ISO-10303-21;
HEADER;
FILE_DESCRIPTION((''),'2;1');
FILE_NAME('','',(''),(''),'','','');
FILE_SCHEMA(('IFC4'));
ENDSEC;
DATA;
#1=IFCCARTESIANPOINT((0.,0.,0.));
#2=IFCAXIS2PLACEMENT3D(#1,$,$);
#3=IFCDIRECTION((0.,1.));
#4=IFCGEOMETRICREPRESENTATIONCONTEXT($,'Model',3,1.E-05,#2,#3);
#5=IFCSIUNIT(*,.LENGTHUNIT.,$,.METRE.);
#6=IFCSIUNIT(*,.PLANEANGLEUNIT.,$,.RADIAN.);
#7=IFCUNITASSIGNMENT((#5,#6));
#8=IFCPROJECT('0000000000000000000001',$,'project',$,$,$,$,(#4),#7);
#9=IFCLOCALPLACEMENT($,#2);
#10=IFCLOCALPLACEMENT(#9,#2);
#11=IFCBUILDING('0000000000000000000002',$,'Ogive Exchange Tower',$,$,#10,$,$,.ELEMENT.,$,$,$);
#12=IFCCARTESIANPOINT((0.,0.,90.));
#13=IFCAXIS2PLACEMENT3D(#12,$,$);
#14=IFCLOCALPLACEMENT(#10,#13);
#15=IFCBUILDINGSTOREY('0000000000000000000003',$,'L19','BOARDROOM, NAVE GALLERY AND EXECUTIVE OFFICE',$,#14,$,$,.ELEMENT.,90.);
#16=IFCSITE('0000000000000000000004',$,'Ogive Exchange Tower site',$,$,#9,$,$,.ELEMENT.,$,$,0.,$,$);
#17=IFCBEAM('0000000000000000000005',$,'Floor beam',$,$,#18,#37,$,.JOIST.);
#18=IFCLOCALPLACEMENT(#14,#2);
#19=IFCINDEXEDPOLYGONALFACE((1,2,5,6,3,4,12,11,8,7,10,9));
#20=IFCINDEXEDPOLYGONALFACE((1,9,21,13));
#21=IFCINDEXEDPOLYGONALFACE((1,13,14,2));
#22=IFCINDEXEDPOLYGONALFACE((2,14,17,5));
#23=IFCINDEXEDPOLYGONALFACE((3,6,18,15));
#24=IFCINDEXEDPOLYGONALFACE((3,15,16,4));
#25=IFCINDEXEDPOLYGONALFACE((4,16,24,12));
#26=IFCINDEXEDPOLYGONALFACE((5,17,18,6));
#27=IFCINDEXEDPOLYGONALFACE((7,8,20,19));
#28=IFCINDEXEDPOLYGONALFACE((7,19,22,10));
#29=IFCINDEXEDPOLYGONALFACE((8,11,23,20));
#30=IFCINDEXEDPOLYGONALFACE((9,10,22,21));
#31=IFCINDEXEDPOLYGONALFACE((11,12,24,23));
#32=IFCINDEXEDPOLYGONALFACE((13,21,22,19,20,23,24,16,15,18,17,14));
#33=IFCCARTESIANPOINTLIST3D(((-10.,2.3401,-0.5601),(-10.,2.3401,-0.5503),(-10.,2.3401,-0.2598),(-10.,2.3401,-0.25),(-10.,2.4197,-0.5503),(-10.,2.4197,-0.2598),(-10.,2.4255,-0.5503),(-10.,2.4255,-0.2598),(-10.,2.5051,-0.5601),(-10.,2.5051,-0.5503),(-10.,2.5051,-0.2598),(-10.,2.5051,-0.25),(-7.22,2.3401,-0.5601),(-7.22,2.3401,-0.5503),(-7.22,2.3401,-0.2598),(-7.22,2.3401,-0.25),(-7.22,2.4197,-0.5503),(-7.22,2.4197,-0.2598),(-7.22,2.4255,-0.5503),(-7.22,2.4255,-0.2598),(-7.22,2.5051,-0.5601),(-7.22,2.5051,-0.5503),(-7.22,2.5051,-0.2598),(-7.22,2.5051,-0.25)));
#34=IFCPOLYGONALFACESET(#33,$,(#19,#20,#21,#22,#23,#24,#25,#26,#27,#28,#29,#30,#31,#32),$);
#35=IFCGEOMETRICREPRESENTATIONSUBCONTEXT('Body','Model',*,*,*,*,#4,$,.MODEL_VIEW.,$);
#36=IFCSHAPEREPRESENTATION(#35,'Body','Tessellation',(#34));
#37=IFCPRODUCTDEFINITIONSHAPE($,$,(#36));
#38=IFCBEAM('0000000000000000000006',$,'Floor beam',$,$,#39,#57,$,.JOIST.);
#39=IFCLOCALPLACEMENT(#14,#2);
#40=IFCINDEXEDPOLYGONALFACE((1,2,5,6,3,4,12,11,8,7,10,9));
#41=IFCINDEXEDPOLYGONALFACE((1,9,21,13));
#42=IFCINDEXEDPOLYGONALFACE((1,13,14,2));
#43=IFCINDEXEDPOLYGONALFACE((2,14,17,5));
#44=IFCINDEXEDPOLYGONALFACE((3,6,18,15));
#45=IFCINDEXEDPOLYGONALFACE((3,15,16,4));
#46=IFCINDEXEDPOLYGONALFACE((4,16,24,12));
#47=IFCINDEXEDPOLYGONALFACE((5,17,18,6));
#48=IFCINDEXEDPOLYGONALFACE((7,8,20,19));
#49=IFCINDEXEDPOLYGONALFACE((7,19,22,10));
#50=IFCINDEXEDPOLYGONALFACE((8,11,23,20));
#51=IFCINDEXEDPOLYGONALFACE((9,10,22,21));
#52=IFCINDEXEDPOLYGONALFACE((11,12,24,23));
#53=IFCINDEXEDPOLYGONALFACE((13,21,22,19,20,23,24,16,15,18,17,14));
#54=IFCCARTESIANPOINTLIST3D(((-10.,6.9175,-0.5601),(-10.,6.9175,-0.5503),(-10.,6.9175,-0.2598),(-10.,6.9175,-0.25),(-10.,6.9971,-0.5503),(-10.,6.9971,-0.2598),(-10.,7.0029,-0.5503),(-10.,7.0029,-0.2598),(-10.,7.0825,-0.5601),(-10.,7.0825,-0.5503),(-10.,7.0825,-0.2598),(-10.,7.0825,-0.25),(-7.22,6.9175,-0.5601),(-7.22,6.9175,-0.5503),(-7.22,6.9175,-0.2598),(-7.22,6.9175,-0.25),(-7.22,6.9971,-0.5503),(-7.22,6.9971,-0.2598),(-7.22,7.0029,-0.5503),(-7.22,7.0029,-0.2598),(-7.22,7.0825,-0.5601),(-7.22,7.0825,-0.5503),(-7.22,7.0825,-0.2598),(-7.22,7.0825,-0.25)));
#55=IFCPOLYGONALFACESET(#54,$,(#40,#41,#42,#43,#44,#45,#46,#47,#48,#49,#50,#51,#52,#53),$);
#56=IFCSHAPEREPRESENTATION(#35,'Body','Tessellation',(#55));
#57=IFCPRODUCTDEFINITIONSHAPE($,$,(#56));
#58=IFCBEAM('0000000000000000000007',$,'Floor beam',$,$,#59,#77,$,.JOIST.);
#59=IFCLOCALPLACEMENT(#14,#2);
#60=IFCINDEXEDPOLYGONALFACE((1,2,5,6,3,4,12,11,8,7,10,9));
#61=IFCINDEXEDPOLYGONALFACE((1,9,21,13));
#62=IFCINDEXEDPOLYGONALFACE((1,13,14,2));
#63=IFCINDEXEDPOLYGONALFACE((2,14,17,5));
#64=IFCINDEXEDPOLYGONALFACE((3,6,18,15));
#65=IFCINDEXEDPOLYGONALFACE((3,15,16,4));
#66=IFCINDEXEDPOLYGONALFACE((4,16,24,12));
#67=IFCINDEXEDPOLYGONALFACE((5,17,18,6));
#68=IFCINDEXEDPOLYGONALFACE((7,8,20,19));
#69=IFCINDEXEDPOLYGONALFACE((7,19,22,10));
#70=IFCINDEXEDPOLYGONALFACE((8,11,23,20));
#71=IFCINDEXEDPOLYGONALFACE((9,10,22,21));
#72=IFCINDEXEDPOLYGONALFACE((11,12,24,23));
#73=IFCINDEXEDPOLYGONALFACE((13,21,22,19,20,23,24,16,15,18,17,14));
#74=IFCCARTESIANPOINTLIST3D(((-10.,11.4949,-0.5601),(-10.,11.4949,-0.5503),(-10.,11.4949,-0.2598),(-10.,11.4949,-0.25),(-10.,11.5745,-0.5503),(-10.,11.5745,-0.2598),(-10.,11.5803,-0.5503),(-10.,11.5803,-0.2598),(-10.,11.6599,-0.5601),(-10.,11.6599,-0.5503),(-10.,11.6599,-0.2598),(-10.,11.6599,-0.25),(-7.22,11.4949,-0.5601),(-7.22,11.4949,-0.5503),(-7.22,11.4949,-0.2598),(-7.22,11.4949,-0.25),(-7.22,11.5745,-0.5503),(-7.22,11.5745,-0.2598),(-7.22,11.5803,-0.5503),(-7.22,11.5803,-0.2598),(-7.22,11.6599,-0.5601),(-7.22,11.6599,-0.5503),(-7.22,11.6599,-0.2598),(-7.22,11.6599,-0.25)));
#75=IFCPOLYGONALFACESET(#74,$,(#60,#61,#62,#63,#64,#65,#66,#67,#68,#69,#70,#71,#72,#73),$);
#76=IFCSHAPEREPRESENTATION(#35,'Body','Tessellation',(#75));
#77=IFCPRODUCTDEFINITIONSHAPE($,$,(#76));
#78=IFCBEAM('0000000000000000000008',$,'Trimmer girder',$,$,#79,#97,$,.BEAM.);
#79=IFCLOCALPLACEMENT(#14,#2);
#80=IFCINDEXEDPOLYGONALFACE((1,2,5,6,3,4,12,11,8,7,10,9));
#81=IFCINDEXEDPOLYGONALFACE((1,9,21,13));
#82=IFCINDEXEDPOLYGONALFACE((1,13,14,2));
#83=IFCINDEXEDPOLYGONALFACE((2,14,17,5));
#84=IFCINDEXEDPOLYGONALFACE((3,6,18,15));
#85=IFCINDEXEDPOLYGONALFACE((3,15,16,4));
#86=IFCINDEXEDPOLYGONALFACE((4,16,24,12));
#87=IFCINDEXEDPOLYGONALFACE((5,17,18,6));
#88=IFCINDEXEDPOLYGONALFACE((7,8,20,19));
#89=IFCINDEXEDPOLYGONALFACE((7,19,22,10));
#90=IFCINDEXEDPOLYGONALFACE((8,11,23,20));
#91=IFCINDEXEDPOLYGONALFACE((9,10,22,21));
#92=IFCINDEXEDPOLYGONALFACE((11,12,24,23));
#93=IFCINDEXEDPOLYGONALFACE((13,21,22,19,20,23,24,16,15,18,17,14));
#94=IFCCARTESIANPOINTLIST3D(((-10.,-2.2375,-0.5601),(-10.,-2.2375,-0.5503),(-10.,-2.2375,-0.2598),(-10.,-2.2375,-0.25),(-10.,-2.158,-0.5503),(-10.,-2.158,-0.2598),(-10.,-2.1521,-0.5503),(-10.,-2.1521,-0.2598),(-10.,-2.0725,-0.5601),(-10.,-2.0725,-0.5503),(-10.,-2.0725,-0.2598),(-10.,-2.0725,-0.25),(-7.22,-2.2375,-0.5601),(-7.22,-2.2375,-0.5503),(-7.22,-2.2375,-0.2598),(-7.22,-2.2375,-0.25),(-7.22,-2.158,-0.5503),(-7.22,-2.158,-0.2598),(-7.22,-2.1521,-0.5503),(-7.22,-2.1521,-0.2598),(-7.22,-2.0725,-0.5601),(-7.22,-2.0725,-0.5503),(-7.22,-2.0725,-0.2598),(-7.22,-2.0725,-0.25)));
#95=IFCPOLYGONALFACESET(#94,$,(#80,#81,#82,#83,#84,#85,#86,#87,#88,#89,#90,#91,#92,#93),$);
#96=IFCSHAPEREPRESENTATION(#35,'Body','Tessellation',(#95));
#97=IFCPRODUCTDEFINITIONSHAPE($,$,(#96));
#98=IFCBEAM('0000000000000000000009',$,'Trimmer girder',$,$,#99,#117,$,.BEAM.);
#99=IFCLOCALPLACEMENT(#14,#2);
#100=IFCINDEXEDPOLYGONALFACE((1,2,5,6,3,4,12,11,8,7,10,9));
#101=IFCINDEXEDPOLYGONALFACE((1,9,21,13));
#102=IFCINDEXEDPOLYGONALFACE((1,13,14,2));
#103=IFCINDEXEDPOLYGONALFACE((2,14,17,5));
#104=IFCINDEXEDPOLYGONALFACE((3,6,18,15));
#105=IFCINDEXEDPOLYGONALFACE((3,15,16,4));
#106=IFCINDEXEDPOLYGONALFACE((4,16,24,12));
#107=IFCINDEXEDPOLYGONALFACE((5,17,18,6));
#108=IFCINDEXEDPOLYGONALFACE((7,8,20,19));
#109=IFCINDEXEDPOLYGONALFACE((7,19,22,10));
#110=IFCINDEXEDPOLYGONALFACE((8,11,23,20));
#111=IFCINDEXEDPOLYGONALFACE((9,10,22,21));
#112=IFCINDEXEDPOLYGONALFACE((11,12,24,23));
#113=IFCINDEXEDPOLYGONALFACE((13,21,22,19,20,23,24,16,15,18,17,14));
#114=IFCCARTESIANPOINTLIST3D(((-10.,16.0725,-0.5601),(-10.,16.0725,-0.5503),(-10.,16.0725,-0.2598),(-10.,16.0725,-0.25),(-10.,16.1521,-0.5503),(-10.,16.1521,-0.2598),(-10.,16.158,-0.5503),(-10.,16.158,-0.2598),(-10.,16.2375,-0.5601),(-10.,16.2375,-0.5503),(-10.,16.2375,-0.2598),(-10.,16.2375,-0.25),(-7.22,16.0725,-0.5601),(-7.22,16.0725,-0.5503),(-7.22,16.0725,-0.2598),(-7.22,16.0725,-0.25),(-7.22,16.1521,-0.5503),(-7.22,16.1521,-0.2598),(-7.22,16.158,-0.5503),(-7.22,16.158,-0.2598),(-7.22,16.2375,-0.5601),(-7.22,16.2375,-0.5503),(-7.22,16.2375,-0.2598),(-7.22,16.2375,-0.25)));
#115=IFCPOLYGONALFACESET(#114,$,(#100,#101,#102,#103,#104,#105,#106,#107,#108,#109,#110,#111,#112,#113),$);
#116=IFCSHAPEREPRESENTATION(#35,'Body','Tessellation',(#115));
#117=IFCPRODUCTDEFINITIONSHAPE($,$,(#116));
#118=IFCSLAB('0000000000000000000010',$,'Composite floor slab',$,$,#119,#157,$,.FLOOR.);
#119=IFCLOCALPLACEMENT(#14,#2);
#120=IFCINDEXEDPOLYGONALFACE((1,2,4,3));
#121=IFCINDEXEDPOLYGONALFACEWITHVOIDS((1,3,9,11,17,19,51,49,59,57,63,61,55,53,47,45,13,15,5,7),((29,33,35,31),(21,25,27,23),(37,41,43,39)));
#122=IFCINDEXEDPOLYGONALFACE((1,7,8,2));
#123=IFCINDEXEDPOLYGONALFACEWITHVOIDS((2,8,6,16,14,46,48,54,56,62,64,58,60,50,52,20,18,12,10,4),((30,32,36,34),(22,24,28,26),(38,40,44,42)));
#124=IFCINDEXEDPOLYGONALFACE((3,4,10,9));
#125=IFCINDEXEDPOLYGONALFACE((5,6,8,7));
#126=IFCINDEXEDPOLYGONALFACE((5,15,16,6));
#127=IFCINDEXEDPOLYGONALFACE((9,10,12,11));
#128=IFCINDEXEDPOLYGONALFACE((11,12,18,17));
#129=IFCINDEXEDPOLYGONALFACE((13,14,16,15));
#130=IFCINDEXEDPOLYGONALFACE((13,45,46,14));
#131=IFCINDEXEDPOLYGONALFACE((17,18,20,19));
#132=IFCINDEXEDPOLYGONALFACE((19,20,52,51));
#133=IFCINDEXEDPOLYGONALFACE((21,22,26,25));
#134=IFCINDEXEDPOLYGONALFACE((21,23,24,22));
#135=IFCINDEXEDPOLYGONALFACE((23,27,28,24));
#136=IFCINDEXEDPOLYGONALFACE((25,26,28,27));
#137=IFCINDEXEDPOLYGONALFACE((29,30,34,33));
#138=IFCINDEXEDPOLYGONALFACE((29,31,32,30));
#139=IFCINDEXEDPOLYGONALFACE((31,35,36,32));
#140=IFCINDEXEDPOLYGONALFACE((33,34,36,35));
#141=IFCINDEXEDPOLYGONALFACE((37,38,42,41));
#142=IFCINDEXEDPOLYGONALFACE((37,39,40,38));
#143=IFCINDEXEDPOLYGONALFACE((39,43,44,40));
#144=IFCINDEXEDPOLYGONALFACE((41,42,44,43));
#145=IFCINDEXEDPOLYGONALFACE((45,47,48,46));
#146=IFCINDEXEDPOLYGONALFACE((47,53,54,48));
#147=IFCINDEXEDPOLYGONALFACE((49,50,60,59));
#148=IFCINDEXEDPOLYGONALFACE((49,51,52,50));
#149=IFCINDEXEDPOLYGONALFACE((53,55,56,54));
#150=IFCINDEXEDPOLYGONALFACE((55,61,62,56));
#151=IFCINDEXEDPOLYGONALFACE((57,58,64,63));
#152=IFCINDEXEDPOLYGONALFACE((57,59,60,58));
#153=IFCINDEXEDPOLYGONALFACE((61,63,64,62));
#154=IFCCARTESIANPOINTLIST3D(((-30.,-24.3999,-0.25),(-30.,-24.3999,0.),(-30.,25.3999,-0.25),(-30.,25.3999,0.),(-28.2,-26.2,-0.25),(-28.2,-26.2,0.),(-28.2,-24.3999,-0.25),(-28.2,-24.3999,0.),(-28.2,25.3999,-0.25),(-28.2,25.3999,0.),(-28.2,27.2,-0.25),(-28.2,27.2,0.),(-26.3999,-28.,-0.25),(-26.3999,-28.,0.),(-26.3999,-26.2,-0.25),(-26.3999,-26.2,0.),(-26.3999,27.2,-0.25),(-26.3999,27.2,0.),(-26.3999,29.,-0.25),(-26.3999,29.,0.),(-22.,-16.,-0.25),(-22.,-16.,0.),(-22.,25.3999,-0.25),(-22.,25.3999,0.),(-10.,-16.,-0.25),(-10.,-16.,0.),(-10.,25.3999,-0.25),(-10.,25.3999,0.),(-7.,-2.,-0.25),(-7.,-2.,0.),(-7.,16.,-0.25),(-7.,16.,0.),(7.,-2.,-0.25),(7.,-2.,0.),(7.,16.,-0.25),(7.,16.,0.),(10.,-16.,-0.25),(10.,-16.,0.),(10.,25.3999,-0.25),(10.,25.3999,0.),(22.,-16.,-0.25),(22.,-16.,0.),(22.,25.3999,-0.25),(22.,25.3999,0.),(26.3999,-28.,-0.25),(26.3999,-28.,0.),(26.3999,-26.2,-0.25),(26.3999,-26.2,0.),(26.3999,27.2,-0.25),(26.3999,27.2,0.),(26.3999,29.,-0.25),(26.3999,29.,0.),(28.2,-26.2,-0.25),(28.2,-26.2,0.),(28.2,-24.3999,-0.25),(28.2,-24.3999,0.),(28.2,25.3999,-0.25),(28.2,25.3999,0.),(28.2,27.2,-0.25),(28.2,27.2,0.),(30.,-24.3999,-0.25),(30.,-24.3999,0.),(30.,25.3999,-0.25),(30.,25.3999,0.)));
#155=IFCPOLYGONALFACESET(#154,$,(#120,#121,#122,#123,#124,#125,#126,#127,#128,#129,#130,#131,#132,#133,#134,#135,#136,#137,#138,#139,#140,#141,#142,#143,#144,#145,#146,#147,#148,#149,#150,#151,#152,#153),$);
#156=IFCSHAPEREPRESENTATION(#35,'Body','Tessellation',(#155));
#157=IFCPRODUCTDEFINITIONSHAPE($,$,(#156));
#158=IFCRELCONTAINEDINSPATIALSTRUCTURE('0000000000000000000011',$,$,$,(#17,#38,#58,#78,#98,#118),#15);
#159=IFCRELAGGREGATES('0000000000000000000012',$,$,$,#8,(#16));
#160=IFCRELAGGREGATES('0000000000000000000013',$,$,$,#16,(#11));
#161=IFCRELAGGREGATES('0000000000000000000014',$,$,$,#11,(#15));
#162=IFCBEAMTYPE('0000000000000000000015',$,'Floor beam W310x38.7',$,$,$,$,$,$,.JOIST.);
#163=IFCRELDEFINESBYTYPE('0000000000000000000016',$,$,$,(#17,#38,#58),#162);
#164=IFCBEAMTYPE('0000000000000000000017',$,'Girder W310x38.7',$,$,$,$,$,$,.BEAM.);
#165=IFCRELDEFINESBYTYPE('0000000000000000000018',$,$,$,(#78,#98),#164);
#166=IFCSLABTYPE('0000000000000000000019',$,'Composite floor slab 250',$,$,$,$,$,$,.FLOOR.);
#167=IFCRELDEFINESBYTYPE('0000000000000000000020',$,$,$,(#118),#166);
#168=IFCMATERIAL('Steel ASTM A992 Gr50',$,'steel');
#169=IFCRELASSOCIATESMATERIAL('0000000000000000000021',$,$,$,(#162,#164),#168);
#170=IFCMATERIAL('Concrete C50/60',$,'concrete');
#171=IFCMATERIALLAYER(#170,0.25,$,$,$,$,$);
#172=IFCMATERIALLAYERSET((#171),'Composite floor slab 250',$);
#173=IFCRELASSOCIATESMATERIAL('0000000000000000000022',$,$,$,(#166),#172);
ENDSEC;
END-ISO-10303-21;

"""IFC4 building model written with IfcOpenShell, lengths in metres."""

from ifc_helpers import new_model, si_unit, direction, frame, origin, origin_2d, place, context, subcontext, project, spatial, polyline, i_section, outline, extrude, material, layer, layer_set, material_profile, profile_set, type_object, element, save


model = new_model("IFC4")

# Units and contexts
model_context = context("Model", 3, precision=1e-05, world=origin(), true_north=direction((0.0, 1.0)))
body_context = subcontext(model_context, "Body", "Model", "MODEL_VIEW")
ifc_project = project(units=[si_unit("LENGTHUNIT", "METRE"), si_unit("PLANEANGLEUNIT", "RADIAN")], contexts=[model_context])

# Site, building, storey
site_placement = place(None, origin())
site = spatial("IfcSite", under=ifc_project, at=site_placement, Name="Ogive Exchange Tower site", CompositionType="ELEMENT", RefElevation=0.0)
building_placement = place(site_placement, origin())
building = spatial("IfcBuilding", under=site, at=building_placement, Name="Ogive Exchange Tower", CompositionType="ELEMENT")
storey_placement = place(building_placement, frame((0.0, 0.0, 90.0)))
storey = spatial("IfcBuildingStorey", under=building, at=storey_placement, Name="L19", Description="BOARDROOM, NAVE GALLERY AND EXECUTIVE OFFICE", CompositionType="ELEMENT", Elevation=90.0)

# Beams
ifc_material_1 = material(Name="Steel ASTM A992 Gr50", Category="steel")
ifc_material_profile_1 = material_profile(ifc_material_1, i_section(OverallWidth=0.165, OverallDepth=0.3101, WebThickness=0.0059, FlangeThickness=0.0098, at=origin_2d()), Name="W310x38.7")
ifc_profile_set_1 = profile_set([ifc_material_profile_1], Name="Steel ASTM A992 Gr50")
beam_type_1 = type_object("IfcBeamType", Name="Floor beam W310x38.7", PredefinedType="JOIST", material=ifc_profile_set_1)
for number, where, z_axis, x_axis, name in (
    (1, (-10.0, 2.4226, -0.405), (1.0, 0.0, 0.0), (0.0, 1.0, 0.0), "Floor beam"),
    (2, (-10.0, 7.0, -0.405), (1.0, 0.0, 0.0), (0.0, 1.0, 0.0), "Floor beam"),
    (3, (-10.0, 11.5774, -0.405), (1.0, 0.0, 0.0), (0.0, 1.0, 0.0), "Floor beam"),
):
    element("IfcBeam", number, at=place(storey_placement, frame(where, z_axis=z_axis, x_axis=x_axis)), inside=storey, type_object=beam_type_1, Name=name, PredefinedType="JOIST", context=body_context, shape_type="SweptSolid", body=[
        extrude(i_section(OverallWidth=0.165, OverallDepth=0.3101, WebThickness=0.0059, FlangeThickness=0.0098, at=origin_2d()), origin(), (0.0, 0.0, 1.0), 2.78),
    ])
ifc_material_profile_2 = material_profile(ifc_material_1, i_section(OverallWidth=0.165, OverallDepth=0.3101, WebThickness=0.0059, FlangeThickness=0.0098, at=origin_2d()), Name="W310x38.7")
ifc_profile_set_2 = profile_set([ifc_material_profile_2], Name="Steel ASTM A992 Gr50")
beam_type_2 = type_object("IfcBeamType", Name="Girder W310x38.7", PredefinedType="BEAM", material=ifc_profile_set_2)
for number, where, z_axis, x_axis, name in (
    (4, (-10.0, -2.155, -0.405), (1.0, 0.0, 0.0), (0.0, 1.0, 0.0), "Trimmer girder"),
    (5, (-10.0, 16.155, -0.405), (1.0, 0.0, 0.0), (0.0, 1.0, 0.0), "Trimmer girder"),
):
    element("IfcBeam", number, at=place(storey_placement, frame(where, z_axis=z_axis, x_axis=x_axis)), inside=storey, type_object=beam_type_2, Name=name, PredefinedType="BEAM", context=body_context, shape_type="SweptSolid", body=[
        extrude(i_section(OverallWidth=0.165, OverallDepth=0.3101, WebThickness=0.0059, FlangeThickness=0.0098, at=origin_2d()), origin(), (0.0, 0.0, 1.0), 2.78),
    ])

# Slab
ifc_material_2 = material(Name="Concrete C50/60", Category="concrete")
ifc_layer_1 = layer(ifc_material_2, 0.25)
ifc_layer_set_1 = layer_set([ifc_layer_1], Name="Composite floor slab 250")
slab_type_1 = type_object("IfcSlabType", Name="Composite floor slab 250", PredefinedType="FLOOR", material=ifc_layer_set_1)
slab_1_placement = place(storey_placement, frame((0.0, 0.0, -0.25)))
element("IfcSlab", 6, at=slab_1_placement, inside=storey, type_object=slab_type_1, Name="Composite floor slab", PredefinedType="FLOOR", context=body_context, shape_type="SweptSolid", body=[
    extrude(outline(polyline([(-26.3999, -26.2), (-28.2, -26.2), (-28.2, -24.3999), (-30.0, -24.3999), (-30.0, 25.3999), (-28.2, 25.3999), (-28.2, 27.2), (-26.3999, 27.2), (-26.3999, 29.0), (26.3999, 29.0), (26.3999, 27.2), (28.2, 27.2), (28.2, 25.3999), (30.0, 25.3999), (30.0, -24.3999), (28.2, -24.3999), (28.2, -26.2), (26.3999, -26.2), (26.3999, -28.0), (-26.3999, -28.0), (-26.3999, -26.2)]), holes=[polyline([(-10.0, -16.0), (-10.0, 25.3999), (-22.0, 25.3999), (-22.0, -16.0), (-10.0, -16.0)]), polyline([(10.0, -16.0), (22.0, -16.0), (22.0, 25.3999), (10.0, 25.3999), (10.0, -16.0)]), polyline([(-7.0, -2.0), (7.0, -2.0), (7.0, 16.0), (-7.0, 16.0), (-7.0, -2.0)])]), origin(), (0.0, 0.0, 1.0), 0.25),
])

save(model, "model.ifc")
